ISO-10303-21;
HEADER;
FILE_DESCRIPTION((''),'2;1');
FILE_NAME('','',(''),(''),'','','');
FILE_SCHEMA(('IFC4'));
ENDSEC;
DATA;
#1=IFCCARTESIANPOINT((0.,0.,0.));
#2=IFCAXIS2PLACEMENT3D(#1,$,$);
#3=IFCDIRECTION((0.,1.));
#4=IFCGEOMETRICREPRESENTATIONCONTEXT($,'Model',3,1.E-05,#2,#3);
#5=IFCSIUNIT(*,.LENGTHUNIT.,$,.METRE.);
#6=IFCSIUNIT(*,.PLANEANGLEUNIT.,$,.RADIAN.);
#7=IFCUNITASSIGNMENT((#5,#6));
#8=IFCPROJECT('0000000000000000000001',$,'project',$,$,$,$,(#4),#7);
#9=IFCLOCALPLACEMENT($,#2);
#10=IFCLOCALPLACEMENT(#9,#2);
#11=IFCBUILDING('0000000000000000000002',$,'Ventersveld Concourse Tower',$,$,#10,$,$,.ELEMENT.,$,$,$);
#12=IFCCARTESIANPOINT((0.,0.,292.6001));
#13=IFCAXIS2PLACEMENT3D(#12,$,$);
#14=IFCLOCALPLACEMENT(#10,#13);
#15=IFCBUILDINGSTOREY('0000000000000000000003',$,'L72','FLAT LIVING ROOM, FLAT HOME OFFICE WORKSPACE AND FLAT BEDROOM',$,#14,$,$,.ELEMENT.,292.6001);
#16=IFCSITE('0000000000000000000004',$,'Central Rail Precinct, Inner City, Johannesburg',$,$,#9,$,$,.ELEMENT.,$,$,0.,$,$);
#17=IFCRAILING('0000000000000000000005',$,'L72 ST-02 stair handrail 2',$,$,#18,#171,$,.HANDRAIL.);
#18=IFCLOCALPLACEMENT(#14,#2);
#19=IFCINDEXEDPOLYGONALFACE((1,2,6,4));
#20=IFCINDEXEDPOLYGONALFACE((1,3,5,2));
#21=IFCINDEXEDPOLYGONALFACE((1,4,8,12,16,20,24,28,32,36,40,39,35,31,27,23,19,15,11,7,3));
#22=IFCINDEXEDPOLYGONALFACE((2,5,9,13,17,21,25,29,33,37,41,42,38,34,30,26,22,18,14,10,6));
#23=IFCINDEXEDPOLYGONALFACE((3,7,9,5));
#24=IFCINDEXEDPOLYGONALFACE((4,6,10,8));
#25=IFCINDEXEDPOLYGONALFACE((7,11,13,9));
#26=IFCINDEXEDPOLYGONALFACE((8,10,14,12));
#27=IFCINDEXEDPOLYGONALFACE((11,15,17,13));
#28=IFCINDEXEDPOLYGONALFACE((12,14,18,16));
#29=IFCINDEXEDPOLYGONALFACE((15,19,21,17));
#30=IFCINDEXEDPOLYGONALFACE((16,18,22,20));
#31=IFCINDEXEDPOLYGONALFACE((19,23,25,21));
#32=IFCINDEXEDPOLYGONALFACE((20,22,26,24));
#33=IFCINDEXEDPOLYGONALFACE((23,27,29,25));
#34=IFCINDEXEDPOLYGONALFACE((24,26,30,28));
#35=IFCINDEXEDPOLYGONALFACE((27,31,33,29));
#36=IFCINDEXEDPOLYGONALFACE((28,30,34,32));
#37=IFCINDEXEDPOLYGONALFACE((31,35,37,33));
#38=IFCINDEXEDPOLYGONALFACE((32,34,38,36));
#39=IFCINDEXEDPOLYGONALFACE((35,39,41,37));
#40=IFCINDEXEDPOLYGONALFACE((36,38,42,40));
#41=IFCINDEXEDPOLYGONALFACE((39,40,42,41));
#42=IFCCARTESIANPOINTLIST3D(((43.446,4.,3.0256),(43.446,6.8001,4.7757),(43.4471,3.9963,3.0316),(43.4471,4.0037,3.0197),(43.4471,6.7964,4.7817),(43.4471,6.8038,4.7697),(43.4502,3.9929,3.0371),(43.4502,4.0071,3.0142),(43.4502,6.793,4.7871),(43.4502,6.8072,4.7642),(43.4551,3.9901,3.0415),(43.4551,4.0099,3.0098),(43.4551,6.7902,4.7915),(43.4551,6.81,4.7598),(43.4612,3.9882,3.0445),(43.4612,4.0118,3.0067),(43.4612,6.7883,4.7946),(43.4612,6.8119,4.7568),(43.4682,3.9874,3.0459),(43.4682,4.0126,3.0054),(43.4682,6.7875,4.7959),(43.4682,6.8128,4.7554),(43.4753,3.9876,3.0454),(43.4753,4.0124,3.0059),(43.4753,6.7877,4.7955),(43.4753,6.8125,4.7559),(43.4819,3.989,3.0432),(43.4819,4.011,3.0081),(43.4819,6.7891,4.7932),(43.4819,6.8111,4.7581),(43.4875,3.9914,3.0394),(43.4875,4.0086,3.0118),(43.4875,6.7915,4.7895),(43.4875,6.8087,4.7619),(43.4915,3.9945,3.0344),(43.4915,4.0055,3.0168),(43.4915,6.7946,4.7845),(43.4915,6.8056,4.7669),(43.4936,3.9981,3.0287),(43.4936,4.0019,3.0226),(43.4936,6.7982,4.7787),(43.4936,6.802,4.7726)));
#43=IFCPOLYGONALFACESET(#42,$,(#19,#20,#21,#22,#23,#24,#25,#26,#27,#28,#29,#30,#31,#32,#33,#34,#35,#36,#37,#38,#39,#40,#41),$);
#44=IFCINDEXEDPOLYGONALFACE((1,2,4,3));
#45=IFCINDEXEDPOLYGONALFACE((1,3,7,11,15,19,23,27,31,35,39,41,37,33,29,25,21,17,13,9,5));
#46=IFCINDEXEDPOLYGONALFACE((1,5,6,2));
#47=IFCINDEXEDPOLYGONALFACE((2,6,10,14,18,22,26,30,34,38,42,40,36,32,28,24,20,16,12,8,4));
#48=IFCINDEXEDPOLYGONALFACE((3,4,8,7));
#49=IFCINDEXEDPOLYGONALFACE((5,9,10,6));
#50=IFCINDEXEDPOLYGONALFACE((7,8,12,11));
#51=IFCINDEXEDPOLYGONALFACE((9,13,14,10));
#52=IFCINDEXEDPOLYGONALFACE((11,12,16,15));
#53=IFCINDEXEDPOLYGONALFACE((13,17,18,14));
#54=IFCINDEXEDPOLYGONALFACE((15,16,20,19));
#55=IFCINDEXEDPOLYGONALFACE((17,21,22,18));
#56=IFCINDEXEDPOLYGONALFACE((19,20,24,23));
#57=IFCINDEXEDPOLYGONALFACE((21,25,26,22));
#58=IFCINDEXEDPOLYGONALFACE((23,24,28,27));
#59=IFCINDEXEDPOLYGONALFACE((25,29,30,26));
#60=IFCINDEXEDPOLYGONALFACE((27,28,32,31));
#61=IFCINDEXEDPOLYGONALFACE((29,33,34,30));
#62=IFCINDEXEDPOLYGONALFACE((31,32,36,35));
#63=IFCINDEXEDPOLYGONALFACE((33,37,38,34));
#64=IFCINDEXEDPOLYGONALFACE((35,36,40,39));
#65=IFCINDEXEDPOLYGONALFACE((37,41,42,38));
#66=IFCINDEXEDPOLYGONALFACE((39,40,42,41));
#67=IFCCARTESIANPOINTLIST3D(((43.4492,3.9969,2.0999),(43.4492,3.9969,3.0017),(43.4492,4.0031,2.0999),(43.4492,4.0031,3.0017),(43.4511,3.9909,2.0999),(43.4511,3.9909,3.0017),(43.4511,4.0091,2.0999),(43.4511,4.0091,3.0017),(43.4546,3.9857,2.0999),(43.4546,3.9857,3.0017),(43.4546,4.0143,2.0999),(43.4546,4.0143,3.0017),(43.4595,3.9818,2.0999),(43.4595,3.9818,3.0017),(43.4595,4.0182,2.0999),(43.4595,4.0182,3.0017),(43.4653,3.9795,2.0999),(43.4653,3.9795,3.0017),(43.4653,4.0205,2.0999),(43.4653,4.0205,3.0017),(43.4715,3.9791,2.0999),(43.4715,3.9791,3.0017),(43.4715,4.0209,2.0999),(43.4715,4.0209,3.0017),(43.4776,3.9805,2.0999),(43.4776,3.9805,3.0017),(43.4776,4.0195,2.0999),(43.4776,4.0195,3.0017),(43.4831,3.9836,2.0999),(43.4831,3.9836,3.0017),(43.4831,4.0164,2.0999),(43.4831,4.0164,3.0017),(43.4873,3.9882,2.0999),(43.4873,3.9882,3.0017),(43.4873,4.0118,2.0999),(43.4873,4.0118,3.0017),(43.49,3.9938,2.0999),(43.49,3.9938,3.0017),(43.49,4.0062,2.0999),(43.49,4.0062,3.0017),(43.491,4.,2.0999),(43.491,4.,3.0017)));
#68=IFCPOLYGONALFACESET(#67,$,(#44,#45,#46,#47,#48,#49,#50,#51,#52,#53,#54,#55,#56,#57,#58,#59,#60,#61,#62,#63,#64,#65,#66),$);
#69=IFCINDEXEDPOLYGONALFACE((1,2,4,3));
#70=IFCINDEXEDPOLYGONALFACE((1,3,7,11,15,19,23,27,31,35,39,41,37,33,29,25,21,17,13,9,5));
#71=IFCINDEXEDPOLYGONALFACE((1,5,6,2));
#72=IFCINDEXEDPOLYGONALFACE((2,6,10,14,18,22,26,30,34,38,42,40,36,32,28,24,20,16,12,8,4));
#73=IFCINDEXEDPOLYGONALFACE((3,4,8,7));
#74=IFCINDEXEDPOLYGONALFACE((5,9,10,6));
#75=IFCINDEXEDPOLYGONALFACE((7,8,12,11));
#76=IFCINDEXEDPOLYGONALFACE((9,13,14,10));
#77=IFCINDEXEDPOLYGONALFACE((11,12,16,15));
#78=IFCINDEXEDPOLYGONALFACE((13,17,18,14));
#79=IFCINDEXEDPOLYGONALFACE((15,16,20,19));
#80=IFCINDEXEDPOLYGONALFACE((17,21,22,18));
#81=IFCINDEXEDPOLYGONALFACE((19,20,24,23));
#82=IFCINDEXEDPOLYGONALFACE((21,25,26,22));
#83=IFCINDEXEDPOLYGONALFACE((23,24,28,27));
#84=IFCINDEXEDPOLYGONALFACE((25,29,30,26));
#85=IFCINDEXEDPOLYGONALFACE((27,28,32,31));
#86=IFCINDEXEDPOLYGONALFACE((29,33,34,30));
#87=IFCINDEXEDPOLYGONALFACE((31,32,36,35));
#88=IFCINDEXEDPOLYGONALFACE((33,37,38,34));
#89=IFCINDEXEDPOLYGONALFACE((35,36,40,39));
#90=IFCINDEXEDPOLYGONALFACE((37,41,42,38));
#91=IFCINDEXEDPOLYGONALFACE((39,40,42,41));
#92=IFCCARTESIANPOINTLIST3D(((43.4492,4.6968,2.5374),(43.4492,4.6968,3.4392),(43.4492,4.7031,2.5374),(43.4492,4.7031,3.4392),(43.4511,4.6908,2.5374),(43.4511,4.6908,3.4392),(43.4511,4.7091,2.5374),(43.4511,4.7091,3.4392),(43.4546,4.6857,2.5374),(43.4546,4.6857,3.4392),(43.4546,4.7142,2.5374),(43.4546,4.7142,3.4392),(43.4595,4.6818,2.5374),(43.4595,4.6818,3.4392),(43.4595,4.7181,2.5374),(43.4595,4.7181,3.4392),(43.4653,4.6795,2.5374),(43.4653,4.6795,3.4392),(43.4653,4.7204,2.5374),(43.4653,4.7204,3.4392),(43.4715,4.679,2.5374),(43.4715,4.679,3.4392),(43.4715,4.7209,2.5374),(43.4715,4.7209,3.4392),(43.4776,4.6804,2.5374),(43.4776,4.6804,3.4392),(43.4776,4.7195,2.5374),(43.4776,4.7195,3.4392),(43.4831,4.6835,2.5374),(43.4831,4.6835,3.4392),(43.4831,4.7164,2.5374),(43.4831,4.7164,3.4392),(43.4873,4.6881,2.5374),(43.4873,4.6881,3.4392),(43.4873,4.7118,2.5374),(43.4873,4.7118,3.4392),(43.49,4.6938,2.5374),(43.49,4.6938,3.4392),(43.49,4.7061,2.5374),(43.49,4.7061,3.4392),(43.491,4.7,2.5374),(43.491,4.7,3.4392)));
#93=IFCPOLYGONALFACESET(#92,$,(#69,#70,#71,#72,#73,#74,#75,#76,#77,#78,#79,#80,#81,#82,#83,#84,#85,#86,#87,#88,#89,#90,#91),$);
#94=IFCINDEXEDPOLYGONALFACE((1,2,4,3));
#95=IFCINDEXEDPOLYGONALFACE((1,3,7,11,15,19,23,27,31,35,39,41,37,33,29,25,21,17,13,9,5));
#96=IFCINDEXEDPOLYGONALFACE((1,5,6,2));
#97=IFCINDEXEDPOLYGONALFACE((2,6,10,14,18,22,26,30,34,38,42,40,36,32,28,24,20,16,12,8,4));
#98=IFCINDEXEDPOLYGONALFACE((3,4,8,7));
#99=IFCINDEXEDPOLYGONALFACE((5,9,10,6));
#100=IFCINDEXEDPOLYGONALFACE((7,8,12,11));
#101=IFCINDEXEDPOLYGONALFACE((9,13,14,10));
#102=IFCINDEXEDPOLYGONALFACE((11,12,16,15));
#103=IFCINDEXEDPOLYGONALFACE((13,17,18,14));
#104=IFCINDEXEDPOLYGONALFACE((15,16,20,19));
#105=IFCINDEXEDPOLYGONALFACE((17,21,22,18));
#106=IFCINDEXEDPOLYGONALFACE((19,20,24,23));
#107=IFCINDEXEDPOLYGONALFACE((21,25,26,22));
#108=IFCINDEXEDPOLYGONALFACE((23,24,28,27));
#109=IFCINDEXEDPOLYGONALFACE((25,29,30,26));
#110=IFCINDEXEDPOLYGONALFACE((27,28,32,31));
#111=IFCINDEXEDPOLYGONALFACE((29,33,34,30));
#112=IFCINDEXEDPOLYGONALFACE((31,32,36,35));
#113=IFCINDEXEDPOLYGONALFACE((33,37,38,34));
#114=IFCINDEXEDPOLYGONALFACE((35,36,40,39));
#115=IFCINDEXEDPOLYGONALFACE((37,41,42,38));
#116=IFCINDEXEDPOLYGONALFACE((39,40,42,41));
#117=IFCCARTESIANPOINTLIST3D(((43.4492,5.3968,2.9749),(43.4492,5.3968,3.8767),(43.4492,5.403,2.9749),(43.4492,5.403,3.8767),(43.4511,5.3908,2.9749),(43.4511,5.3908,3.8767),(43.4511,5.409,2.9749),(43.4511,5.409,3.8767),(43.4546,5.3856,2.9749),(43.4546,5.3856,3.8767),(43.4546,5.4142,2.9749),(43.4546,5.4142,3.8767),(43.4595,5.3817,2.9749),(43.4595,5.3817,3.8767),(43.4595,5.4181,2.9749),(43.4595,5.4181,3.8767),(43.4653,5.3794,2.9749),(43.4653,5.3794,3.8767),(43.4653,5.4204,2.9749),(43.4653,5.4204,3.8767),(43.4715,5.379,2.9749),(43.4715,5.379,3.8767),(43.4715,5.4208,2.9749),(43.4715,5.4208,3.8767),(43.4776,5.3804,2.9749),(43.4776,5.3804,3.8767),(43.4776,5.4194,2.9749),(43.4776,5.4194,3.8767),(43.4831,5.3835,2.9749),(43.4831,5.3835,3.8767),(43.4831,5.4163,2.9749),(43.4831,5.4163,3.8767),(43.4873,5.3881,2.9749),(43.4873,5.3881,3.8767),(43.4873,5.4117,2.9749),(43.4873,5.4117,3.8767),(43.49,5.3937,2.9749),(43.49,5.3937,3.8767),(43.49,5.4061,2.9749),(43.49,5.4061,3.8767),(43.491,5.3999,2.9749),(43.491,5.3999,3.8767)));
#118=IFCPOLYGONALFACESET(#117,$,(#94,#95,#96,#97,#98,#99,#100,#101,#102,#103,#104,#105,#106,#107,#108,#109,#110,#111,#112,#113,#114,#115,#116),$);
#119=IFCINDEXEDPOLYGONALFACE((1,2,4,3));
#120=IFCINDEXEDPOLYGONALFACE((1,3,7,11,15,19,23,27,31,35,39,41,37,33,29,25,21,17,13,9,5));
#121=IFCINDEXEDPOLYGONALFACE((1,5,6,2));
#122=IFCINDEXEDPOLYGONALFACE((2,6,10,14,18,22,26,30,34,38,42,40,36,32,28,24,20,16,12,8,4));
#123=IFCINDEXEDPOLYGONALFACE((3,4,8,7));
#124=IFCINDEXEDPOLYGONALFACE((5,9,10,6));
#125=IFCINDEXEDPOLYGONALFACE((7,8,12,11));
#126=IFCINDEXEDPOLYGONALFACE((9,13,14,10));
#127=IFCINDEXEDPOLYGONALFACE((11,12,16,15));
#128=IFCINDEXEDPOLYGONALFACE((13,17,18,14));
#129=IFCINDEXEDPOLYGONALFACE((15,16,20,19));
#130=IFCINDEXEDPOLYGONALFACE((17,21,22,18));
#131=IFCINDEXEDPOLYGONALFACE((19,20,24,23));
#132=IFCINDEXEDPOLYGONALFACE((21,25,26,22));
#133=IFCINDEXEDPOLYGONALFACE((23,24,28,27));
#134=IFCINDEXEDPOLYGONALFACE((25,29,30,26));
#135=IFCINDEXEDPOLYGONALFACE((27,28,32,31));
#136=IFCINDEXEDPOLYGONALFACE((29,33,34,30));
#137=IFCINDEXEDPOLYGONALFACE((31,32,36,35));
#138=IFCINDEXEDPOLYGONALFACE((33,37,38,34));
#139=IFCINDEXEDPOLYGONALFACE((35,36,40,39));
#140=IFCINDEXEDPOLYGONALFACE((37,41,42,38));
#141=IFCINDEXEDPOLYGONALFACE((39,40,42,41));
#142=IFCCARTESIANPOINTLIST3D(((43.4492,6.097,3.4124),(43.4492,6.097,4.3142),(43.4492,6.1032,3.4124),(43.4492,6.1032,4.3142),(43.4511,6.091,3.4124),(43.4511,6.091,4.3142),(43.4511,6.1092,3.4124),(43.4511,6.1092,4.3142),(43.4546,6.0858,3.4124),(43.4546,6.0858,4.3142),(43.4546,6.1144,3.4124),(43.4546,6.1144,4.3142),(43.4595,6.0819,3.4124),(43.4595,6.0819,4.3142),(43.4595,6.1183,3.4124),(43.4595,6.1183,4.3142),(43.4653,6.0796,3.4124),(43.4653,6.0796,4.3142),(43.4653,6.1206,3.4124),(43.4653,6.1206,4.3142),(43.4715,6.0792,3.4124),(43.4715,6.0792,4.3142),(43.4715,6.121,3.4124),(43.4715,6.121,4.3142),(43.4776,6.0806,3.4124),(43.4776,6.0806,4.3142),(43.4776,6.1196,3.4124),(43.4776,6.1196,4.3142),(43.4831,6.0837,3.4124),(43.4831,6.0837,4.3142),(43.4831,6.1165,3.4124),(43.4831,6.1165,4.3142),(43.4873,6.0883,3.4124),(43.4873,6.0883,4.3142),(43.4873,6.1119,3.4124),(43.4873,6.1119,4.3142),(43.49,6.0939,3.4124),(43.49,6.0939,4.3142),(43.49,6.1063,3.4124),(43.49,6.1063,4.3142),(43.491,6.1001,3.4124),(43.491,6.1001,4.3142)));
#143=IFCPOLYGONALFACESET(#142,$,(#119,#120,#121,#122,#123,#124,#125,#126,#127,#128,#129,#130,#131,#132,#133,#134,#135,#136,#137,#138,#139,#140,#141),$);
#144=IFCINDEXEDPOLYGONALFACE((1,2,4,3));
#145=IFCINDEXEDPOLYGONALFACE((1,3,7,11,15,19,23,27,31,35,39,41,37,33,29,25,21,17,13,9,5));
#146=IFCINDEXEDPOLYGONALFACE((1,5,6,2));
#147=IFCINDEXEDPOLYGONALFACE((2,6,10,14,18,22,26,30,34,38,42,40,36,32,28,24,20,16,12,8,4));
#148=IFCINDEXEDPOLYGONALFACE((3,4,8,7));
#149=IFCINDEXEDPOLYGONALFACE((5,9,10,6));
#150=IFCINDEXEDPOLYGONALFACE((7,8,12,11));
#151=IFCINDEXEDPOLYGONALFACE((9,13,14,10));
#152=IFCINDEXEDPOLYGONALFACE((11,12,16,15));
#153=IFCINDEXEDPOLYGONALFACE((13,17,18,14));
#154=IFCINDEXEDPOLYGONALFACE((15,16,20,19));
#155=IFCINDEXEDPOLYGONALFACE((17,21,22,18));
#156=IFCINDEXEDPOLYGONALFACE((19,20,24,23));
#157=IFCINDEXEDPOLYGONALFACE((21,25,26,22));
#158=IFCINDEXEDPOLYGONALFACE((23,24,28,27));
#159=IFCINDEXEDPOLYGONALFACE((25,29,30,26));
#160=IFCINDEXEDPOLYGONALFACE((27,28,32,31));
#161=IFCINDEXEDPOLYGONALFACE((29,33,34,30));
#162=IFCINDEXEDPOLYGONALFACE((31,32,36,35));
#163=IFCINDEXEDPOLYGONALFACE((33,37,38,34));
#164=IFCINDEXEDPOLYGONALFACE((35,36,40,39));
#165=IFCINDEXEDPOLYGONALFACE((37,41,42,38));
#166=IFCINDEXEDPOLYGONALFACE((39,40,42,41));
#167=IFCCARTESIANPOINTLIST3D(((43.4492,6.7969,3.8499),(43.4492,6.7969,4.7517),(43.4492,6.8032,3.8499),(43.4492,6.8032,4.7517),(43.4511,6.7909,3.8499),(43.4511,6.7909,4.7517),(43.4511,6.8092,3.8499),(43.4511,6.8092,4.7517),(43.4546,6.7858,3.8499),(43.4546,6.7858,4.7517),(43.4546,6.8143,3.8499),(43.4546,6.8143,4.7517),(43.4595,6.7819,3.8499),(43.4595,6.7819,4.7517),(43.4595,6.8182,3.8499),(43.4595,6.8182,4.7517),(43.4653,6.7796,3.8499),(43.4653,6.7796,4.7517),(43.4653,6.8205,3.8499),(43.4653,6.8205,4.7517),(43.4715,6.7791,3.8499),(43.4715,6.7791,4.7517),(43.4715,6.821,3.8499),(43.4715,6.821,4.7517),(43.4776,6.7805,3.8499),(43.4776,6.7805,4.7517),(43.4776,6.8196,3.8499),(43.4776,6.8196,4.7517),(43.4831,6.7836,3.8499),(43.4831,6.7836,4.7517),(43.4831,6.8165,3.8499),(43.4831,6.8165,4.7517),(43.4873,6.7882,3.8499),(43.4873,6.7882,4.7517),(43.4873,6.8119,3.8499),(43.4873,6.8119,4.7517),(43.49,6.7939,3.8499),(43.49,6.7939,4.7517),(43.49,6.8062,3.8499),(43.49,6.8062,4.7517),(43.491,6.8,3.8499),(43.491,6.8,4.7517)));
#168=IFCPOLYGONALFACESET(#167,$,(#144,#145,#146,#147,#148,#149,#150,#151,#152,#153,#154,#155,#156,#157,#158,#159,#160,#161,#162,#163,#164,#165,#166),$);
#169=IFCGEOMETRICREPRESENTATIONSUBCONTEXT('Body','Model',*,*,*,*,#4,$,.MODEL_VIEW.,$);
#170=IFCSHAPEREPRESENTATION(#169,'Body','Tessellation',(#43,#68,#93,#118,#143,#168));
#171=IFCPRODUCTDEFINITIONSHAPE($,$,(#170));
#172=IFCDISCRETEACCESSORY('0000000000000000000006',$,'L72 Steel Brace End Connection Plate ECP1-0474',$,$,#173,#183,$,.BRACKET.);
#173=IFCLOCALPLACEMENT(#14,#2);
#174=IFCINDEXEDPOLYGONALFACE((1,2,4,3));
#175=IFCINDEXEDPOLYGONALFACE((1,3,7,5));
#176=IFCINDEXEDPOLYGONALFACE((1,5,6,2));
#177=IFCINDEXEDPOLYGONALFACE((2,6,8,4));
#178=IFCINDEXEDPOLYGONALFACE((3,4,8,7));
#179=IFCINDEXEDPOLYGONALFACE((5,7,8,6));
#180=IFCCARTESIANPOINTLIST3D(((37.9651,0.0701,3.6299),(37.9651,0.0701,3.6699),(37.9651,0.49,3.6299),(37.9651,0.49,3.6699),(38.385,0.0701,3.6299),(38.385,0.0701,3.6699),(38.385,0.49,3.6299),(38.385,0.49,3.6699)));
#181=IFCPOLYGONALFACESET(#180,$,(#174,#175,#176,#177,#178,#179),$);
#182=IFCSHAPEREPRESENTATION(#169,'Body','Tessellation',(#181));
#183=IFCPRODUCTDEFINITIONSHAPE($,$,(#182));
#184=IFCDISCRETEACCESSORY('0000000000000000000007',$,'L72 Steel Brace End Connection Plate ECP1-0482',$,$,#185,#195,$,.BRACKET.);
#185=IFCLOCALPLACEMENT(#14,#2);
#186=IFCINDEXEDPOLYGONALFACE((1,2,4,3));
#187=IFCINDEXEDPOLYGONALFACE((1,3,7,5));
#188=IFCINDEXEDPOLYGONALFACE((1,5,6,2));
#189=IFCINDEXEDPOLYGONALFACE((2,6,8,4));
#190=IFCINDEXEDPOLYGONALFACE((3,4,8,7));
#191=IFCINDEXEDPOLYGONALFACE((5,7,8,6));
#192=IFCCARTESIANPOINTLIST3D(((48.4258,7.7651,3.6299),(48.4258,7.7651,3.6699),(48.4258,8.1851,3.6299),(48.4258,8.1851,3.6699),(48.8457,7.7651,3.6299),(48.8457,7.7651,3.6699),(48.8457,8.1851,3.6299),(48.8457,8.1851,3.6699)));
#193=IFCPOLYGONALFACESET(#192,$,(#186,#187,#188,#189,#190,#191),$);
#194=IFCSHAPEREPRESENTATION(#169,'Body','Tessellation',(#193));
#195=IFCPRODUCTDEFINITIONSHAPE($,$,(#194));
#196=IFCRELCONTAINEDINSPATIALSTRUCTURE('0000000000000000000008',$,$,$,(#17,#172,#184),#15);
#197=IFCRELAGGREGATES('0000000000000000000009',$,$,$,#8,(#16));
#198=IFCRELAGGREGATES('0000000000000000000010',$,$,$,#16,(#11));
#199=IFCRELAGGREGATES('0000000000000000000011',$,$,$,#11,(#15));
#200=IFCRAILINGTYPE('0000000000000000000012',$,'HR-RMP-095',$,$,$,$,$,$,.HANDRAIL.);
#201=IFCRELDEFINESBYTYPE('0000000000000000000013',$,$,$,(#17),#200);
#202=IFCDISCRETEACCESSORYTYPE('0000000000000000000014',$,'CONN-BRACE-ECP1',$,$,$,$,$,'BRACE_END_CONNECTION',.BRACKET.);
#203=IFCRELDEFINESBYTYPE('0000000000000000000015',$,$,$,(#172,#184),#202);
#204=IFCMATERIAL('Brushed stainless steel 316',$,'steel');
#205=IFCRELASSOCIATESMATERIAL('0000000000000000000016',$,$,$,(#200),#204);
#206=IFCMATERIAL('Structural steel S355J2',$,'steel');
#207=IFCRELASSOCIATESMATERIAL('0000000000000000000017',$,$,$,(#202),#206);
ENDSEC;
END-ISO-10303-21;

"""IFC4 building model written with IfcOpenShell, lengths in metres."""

from ifc_helpers import new_model, si_unit, direction, frame, origin, origin_2d, place, context, subcontext, project, spatial, rectangle, circle, extrude, material, type_object, element, save


model = new_model("IFC4")

# Units and contexts
model_context = context("Model", 3, precision=1e-05, world=origin(), true_north=direction((0.0, 1.0)))
body_context = subcontext(model_context, "Body", "Model", "MODEL_VIEW")
ifc_project = project(units=[si_unit("LENGTHUNIT", "METRE"), si_unit("PLANEANGLEUNIT", "RADIAN")], contexts=[model_context])

# Site, building, storey
site_placement = place(None, origin())
site = spatial("IfcSite", under=ifc_project, at=site_placement, Name="Central Rail Precinct, Inner City, Johannesburg", CompositionType="ELEMENT", RefElevation=0.0)
building_placement = place(site_placement, origin())
building = spatial("IfcBuilding", under=site, at=building_placement, Name="Ventersveld Concourse Tower", CompositionType="ELEMENT")
storey_placement = place(building_placement, frame((0.0, 0.0, 292.6001)))
storey = spatial("IfcBuildingStorey", under=building, at=storey_placement, Name="L72", Description="FLAT LIVING ROOM, FLAT HOME OFFICE WORKSPACE AND FLAT BEDROOM", CompositionType="ELEMENT", Elevation=292.6001)

# Shared definitions
ifc_material_1 = material(Name="Structural steel S355J2", Category="steel")

# Shared definitions
ifc_material_2 = material(Name="Brushed stainless steel 316", Category="steel")

# Railing
railing_type_1 = type_object("IfcRailingType", Name="HR-RMP-095", PredefinedType="HANDRAIL", material=ifc_material_2)
railing_1_placement = place(storey_placement, frame((43.47, 4.0, 2.0999)))
element("IfcRailing", 1, at=railing_1_placement, inside=storey, type_object=railing_type_1, Name="L72 ST-02 stair handrail 2", PredefinedType="HANDRAIL", context=body_context, shape_type="SweptSolid", body=[
    extrude(circle(Radius=0.0239, at=origin_2d()), frame((0.0, 0.0, 0.9258), z_axis=(0.0, 0.848002, 0.529992), x_axis=(-1.0, 0.0, 0.0)), (0.0, 0.0, 1.0), 3.302),
    extrude(circle(Radius=0.021, at=origin_2d()), origin(), (0.0, 0.0, 1.0), 0.9019),
    extrude(circle(Radius=0.021, at=origin_2d()), frame((0.0, 0.7, 0.4375)), (0.0, 0.0, 1.0), 0.9019),
    extrude(circle(Radius=0.021, at=origin_2d()), frame((0.0, 1.3999, 0.875)), (0.0, 0.0, 1.0), 0.9019),
    extrude(circle(Radius=0.021, at=origin_2d()), frame((0.0, 2.1001, 1.3125)), (0.0, 0.0, 1.0), 0.9019),
    extrude(circle(Radius=0.021, at=origin_2d()), frame((0.0, 2.8, 1.75)), (0.0, 0.0, 1.0), 0.9019),
])

# Discrete accessories
discrete_accessory_type = type_object("IfcDiscreteAccessoryType", Name="CONN-BRACE-ECP1", ElementType="BRACE_END_CONNECTION", PredefinedType="BRACKET", material=ifc_material_1)
for number, where, z_axis, x_axis, name in (
    (2, (38.175, 0.28, 3.6299), (0.0, 0.0, 1.0), (1.0, 0.0, 0.0), "L72 Steel Brace End Connection Plate ECP1-0474"),
    (3, (48.6357, 7.9751, 3.6299), (0.0, 0.0, 1.0), (1.0, 0.0, 0.0), "L72 Steel Brace End Connection Plate ECP1-0482"),
):
    element("IfcDiscreteAccessory", number, at=place(storey_placement, frame(where, z_axis=z_axis, x_axis=x_axis)), inside=storey, type_object=discrete_accessory_type, Name=name, PredefinedType="BRACKET", context=body_context, shape_type="SweptSolid", body=[
        extrude(rectangle(XDim=0.4199, YDim=0.4199, at=origin_2d()), origin(), (0.0, 0.0, 1.0), 0.04),
    ])

save(model, "model.ifc")
